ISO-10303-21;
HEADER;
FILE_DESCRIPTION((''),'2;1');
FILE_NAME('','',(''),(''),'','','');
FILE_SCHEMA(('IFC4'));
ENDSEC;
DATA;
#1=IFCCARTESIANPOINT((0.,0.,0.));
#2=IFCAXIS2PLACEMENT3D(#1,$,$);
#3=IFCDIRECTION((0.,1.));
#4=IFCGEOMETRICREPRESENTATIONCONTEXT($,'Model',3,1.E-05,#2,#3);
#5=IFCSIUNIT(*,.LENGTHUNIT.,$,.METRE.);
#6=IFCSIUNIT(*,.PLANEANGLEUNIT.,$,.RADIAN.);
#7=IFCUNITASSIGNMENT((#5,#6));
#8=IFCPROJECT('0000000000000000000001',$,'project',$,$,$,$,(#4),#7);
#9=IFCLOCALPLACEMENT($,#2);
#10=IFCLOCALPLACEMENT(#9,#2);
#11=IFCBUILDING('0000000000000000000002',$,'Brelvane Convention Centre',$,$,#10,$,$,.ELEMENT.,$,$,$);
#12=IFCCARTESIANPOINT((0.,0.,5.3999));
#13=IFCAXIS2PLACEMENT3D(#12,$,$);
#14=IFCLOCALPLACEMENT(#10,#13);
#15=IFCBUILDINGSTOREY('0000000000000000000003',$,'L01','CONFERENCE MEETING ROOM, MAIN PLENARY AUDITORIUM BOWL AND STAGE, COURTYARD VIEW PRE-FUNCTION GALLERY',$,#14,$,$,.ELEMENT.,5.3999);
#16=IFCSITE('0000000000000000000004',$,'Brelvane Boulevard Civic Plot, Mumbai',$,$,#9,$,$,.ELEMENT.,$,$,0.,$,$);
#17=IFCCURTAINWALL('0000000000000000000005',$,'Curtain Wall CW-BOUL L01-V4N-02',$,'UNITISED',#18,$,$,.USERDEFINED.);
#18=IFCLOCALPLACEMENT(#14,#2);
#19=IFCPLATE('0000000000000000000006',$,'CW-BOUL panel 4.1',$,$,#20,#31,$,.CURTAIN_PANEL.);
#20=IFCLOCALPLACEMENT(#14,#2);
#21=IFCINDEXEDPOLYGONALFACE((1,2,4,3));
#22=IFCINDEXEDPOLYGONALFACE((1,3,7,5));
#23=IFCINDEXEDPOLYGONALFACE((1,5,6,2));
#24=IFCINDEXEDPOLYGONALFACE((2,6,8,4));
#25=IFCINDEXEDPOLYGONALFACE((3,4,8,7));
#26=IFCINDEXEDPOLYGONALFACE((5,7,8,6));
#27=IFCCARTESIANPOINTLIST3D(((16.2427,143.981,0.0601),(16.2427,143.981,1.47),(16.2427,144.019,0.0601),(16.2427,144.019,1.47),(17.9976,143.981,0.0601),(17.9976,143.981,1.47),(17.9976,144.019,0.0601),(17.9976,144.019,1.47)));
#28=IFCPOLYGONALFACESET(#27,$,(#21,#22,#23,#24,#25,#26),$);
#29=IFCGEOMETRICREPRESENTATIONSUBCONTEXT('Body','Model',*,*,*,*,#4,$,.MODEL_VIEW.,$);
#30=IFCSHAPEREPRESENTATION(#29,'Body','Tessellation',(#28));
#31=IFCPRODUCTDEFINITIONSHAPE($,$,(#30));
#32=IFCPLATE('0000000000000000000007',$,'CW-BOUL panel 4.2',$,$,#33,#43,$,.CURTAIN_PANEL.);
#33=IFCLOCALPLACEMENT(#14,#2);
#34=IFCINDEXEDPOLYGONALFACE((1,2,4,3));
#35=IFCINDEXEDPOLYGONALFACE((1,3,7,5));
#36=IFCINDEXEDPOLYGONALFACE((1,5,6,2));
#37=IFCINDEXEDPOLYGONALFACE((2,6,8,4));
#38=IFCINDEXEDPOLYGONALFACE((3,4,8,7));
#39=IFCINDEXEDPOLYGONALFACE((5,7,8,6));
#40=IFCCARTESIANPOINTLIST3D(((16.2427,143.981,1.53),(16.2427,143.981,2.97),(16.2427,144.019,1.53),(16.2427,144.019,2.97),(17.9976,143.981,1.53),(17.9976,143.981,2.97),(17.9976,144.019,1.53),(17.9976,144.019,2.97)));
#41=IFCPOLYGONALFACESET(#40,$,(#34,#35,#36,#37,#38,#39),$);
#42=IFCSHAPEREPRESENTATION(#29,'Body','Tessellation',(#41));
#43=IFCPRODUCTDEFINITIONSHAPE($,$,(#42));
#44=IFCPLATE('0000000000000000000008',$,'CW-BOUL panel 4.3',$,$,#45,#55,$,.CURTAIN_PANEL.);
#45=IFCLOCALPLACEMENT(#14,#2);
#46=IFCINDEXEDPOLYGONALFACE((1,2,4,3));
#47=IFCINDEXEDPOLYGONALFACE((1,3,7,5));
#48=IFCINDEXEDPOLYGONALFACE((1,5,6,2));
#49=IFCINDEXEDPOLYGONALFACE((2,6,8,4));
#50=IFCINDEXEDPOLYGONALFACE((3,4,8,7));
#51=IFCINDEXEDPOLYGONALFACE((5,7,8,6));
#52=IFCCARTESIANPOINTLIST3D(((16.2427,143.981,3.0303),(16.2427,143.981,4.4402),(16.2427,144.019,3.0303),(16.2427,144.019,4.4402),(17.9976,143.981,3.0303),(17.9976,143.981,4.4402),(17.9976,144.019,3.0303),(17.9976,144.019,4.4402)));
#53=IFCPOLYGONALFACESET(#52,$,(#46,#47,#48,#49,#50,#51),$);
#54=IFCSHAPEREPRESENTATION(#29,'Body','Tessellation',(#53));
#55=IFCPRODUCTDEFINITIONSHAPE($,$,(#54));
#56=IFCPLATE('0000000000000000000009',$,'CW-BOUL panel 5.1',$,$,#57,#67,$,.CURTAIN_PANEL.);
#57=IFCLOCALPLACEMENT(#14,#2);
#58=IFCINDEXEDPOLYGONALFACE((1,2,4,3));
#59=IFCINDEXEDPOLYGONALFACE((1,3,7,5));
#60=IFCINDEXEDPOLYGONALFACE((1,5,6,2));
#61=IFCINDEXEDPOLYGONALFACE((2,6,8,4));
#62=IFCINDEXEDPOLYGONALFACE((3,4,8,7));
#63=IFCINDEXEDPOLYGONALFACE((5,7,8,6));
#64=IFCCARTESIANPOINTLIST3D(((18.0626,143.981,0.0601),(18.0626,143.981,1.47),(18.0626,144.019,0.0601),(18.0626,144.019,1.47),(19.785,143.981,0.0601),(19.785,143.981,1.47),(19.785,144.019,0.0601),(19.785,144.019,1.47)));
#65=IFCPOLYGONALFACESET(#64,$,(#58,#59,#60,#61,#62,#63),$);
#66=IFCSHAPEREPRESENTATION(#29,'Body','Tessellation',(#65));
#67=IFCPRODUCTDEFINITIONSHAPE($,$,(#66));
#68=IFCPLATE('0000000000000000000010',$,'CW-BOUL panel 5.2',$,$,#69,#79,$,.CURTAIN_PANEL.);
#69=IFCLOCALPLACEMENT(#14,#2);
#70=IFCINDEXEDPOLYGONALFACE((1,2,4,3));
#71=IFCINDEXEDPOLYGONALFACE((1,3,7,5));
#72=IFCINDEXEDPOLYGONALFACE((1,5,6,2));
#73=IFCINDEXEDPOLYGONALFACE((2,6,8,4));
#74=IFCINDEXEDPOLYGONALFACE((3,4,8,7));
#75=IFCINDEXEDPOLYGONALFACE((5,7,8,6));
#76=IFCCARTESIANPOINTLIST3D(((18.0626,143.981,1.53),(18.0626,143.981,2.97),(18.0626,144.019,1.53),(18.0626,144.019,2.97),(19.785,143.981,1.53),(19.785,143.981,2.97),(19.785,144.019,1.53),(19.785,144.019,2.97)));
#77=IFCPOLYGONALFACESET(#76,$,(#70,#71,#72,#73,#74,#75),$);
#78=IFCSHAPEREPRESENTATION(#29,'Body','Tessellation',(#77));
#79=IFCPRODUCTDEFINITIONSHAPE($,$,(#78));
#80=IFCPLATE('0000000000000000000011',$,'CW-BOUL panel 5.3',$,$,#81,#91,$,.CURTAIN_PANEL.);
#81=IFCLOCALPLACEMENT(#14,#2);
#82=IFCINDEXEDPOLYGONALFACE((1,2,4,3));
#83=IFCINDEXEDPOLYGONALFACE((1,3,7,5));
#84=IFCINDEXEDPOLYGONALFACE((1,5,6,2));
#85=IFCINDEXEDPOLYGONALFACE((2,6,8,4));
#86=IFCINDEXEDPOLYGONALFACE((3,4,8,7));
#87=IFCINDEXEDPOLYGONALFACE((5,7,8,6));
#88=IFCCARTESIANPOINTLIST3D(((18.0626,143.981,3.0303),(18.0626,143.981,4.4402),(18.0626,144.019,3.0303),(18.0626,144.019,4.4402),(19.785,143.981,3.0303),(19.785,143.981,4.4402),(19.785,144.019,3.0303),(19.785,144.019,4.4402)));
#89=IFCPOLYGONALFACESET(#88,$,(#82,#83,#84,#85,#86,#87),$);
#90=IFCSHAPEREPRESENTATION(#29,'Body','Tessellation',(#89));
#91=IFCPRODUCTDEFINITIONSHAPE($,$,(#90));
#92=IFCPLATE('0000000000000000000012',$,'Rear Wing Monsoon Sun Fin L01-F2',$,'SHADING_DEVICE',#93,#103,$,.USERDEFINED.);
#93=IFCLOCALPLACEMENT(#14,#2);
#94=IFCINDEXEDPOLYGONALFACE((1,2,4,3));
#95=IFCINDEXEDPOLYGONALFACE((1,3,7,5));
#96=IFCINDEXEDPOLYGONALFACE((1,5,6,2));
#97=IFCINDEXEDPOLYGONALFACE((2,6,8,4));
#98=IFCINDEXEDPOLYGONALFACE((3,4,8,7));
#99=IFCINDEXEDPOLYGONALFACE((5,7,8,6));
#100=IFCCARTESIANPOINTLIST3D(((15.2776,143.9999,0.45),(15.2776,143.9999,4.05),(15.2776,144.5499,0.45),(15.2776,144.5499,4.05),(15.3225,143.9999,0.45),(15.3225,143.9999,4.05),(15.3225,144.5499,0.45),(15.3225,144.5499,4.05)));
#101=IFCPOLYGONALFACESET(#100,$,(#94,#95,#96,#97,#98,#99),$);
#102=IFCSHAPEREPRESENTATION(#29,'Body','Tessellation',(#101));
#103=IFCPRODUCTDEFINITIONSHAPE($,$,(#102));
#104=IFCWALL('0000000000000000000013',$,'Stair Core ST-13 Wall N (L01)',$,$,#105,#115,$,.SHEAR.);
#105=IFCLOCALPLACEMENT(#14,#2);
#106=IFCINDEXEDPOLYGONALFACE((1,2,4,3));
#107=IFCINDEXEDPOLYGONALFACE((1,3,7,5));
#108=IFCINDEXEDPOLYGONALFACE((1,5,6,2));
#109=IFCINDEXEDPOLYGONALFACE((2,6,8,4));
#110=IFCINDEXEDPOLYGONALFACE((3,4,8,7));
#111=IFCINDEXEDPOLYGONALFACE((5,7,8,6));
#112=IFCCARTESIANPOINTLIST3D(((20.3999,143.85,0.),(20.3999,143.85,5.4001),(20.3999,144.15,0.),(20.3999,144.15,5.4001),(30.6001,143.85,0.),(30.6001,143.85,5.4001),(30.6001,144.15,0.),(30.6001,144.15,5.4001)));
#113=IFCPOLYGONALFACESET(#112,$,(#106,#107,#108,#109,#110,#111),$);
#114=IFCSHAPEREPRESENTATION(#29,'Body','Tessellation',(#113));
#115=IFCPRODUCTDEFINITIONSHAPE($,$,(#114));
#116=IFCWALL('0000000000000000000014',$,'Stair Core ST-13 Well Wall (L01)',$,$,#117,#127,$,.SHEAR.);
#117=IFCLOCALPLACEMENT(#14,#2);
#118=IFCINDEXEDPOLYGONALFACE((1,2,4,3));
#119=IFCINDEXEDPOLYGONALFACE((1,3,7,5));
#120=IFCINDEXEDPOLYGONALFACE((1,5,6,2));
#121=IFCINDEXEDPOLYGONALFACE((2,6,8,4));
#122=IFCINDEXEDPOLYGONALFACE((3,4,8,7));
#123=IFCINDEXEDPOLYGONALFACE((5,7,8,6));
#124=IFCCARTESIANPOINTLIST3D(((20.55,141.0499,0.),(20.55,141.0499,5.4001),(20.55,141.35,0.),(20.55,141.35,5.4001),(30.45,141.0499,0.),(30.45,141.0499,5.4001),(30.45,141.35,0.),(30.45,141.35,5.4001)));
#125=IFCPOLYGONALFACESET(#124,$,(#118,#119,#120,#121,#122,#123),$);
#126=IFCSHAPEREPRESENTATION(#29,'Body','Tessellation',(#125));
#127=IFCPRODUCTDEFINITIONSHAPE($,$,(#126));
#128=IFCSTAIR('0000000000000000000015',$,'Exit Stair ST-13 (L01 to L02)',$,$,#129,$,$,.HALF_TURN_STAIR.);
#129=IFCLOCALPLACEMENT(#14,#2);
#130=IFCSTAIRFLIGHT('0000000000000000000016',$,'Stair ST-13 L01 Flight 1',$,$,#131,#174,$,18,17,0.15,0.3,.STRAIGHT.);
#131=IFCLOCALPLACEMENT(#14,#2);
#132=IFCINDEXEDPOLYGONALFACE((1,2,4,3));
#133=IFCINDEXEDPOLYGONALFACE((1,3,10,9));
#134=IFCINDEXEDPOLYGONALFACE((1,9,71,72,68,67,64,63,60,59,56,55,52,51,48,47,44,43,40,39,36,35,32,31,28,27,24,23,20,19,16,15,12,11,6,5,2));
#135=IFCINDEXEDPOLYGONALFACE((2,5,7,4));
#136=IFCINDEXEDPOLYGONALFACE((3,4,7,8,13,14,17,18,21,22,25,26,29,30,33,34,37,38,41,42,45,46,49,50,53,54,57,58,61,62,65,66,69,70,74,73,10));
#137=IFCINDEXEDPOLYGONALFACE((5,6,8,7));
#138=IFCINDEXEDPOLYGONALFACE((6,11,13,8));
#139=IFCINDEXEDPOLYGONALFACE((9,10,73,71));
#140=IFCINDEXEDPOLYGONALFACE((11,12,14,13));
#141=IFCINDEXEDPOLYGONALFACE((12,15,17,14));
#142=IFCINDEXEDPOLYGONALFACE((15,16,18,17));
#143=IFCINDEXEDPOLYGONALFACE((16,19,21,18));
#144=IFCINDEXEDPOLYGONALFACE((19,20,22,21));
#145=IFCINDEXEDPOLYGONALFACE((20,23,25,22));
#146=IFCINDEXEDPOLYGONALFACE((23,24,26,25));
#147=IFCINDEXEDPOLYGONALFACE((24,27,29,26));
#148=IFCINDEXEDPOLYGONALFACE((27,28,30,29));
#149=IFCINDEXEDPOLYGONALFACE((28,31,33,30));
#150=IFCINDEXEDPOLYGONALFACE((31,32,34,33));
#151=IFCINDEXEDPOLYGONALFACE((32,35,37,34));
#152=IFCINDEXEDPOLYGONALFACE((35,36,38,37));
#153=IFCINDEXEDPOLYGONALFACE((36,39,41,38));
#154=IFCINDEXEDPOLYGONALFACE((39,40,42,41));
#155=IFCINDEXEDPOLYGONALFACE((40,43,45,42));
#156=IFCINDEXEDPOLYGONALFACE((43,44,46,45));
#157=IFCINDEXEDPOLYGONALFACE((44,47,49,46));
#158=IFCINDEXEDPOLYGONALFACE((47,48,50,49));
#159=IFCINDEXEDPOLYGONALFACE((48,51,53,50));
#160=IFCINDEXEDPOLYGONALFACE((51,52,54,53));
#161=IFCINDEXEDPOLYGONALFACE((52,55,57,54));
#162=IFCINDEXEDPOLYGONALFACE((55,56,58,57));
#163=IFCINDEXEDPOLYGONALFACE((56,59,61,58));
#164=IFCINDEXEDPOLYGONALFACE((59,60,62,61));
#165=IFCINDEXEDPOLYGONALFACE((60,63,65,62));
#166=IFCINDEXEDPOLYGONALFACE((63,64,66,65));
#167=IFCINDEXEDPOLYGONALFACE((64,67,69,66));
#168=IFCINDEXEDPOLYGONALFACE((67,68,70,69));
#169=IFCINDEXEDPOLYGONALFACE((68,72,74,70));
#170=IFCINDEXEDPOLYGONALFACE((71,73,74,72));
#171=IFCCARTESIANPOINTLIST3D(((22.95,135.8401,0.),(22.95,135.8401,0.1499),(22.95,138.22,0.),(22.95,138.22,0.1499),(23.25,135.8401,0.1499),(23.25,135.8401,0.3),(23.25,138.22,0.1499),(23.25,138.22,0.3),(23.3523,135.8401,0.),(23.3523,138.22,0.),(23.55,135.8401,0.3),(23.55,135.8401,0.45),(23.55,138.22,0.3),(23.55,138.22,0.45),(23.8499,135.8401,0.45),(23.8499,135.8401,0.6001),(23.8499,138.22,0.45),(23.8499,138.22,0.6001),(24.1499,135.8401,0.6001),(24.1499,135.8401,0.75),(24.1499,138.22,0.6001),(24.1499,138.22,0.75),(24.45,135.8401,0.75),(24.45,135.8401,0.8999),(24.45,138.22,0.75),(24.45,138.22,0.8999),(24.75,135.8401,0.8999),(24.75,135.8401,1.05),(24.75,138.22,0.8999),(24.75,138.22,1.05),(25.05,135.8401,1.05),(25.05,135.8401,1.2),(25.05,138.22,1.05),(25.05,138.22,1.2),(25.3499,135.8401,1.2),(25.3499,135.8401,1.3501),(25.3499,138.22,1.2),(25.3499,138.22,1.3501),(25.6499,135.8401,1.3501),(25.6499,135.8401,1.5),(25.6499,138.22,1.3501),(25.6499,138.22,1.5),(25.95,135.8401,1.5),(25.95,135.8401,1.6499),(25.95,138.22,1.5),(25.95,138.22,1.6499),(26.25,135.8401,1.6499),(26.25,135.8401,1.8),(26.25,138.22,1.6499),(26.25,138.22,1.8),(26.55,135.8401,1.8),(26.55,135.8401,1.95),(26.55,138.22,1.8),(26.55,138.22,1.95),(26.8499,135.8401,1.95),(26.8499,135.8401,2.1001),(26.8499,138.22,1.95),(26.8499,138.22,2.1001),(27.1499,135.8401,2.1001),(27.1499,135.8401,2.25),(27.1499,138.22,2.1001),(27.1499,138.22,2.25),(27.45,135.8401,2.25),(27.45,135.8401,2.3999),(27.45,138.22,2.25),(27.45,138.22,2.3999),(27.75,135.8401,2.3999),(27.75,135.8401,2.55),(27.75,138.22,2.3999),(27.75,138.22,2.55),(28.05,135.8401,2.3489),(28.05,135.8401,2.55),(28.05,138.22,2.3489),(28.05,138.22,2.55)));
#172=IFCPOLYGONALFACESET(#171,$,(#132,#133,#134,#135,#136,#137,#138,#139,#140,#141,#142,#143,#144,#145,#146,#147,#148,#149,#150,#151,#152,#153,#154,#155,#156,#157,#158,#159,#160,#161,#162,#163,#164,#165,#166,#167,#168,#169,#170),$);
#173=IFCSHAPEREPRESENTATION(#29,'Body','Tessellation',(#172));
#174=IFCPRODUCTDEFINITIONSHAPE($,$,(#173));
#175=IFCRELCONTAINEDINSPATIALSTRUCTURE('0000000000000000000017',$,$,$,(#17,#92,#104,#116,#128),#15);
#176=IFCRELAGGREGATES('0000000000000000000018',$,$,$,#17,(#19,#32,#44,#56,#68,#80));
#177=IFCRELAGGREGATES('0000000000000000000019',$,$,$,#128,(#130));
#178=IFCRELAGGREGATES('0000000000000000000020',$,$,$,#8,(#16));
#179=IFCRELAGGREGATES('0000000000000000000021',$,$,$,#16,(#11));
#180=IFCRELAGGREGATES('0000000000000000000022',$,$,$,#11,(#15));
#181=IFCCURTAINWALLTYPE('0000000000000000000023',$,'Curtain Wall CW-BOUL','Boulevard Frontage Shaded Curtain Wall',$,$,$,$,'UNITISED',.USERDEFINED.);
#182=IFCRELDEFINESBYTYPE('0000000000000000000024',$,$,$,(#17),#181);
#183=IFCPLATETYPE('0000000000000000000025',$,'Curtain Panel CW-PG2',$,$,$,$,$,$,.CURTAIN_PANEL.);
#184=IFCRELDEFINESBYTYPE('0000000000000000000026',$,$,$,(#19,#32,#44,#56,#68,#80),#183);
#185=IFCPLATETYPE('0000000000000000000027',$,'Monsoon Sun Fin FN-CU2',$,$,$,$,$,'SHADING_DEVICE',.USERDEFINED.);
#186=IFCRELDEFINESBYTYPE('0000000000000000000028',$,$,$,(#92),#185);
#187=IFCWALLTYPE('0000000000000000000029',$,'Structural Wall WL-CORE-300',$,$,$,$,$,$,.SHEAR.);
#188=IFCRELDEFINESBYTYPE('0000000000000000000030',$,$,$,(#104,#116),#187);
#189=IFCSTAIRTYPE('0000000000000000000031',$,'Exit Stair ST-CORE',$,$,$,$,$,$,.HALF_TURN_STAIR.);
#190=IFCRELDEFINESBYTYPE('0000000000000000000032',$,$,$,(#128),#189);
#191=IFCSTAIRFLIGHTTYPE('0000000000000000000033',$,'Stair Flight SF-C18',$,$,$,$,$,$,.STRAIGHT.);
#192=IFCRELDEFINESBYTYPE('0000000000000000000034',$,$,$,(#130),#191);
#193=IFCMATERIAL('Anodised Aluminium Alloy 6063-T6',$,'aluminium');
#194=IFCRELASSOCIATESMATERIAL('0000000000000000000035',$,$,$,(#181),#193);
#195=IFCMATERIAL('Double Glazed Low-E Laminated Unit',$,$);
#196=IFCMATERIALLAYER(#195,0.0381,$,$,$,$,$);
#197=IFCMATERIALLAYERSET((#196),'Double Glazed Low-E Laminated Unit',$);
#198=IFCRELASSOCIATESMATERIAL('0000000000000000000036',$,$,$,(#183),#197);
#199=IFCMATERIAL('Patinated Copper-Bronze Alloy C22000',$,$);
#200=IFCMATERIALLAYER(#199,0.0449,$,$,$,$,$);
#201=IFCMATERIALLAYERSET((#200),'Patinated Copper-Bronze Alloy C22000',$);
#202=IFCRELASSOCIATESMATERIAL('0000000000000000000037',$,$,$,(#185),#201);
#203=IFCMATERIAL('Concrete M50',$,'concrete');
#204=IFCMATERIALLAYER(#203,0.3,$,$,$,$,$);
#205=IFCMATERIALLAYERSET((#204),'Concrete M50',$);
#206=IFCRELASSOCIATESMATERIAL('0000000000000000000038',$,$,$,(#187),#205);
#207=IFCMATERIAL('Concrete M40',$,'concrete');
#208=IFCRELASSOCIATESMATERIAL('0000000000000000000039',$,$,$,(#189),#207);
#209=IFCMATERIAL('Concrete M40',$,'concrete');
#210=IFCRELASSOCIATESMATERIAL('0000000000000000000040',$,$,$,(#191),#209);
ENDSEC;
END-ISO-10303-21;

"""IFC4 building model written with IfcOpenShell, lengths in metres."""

from ifc_helpers import new_model, si_unit, direction, frame, frame_2d, origin, origin_2d, place, context, subcontext, project, spatial, polyline, rectangle, outline, extrude, material, layer, layer_set, type_object, element, aggregate, save


model = new_model("IFC4")

# Units and contexts
model_context = context("Model", 3, precision=1e-05, world=origin(), true_north=direction((0.0, 1.0)))
body_context = subcontext(model_context, "Body", "Model", "MODEL_VIEW")
ifc_project = project(units=[si_unit("LENGTHUNIT", "METRE"), si_unit("PLANEANGLEUNIT", "RADIAN")], contexts=[model_context])

# Site, building, storey
site_placement = place(None, origin())
site = spatial("IfcSite", under=ifc_project, at=site_placement, Name="Brelvane Boulevard Civic Plot, Mumbai", CompositionType="ELEMENT", RefElevation=0.0)
building_placement = place(site_placement, origin())
building = spatial("IfcBuilding", under=site, at=building_placement, Name="Brelvane Convention Centre", CompositionType="ELEMENT")
storey_placement = place(building_placement, frame((0.0, 0.0, 5.3999)))
storey = spatial("IfcBuildingStorey", under=building, at=storey_placement, Name="L01", Description="CONFERENCE MEETING ROOM, MAIN PLENARY AUDITORIUM BOWL AND STAGE, COURTYARD VIEW PRE-FUNCTION GALLERY", CompositionType="ELEMENT", Elevation=5.3999)

# Curtain wall
ifc_material_1 = material(Name="Anodised Aluminium Alloy 6063-T6", Category="aluminium")
curtain_wall_type = type_object("IfcCurtainWallType", Name="Curtain Wall CW-BOUL", Description="Boulevard Frontage Shaded Curtain Wall", ElementType="UNITISED", PredefinedType="USERDEFINED", material=ifc_material_1)
curtain_wall_placement = place(storey_placement, origin())
curtain_wall = element("IfcCurtainWall", 1, at=curtain_wall_placement, inside=storey, type_object=curtain_wall_type, Name="Curtain Wall CW-BOUL L01-V4N-02", ObjectType="UNITISED", PredefinedType="USERDEFINED")

# Plates
ifc_material_2 = material(Name="Double Glazed Low-E Laminated Unit")
ifc_layer_1 = layer(ifc_material_2, 0.0381)
ifc_layer_set_1 = layer_set([ifc_layer_1], Name="Double Glazed Low-E Laminated Unit")
plate_type_1 = type_object("IfcPlateType", Name="Curtain Panel CW-PG2", PredefinedType="CURTAIN_PANEL", material=ifc_layer_set_1)
plate_1_placement = place(storey_placement, frame((17.1201, 144.0, 0.0601), z_axis=(0.0, 0.0, 1.0), x_axis=(1.0, 0.0, 0.0)))
plate_1 = element("IfcPlate", 2, at=plate_1_placement, type_object=plate_type_1, Name="CW-BOUL panel 4.1", PredefinedType="CURTAIN_PANEL", context=body_context, shape_type="SweptSolid", body=[
    extrude(rectangle(XDim=1.7549, YDim=0.0381, at=origin_2d()), origin(), (0.0, 0.0, 1.0), 1.4099),
])
plate_2_placement = place(storey_placement, frame((17.1201, 144.0, 1.53), z_axis=(0.0, 0.0, 1.0), x_axis=(1.0, 0.0, 0.0)))
plate_2 = element("IfcPlate", 3, at=plate_2_placement, type_object=plate_type_1, Name="CW-BOUL panel 4.2", PredefinedType="CURTAIN_PANEL", context=body_context, shape_type="SweptSolid", body=[
    extrude(rectangle(XDim=1.7549, YDim=0.0381, at=origin_2d()), origin(), (0.0, 0.0, 1.0), 1.4399),
])
plate_3_placement = place(storey_placement, frame((17.1201, 144.0, 3.0303), z_axis=(0.0, 0.0, 1.0), x_axis=(1.0, 0.0, 0.0)))
plate_3 = element("IfcPlate", 4, at=plate_3_placement, type_object=plate_type_1, Name="CW-BOUL panel 4.3", PredefinedType="CURTAIN_PANEL", context=body_context, shape_type="SweptSolid", body=[
    extrude(rectangle(XDim=1.7549, YDim=0.0381, at=origin_2d()), origin(), (0.0, 0.0, 1.0), 1.4099),
])
plate_4_placement = place(storey_placement, frame((18.9238, 144.0, 0.0601), z_axis=(0.0, 0.0, 1.0), x_axis=(1.0, 0.0, 0.0)))
plate_4 = element("IfcPlate", 5, at=plate_4_placement, type_object=plate_type_1, Name="CW-BOUL panel 5.1", PredefinedType="CURTAIN_PANEL", context=body_context, shape_type="SweptSolid", body=[
    extrude(rectangle(XDim=1.7224, YDim=0.0381, at=origin_2d()), origin(), (0.0, 0.0, 1.0), 1.4099),
])
plate_5_placement = place(storey_placement, frame((18.9238, 144.0, 1.53), z_axis=(0.0, 0.0, 1.0), x_axis=(1.0, 0.0, 0.0)))
plate_5 = element("IfcPlate", 6, at=plate_5_placement, type_object=plate_type_1, Name="CW-BOUL panel 5.2", PredefinedType="CURTAIN_PANEL", context=body_context, shape_type="SweptSolid", body=[
    extrude(rectangle(XDim=1.7224, YDim=0.0381, at=origin_2d()), origin(), (0.0, 0.0, 1.0), 1.4399),
])
plate_6_placement = place(storey_placement, frame((18.9238, 144.0, 3.0303), z_axis=(0.0, 0.0, 1.0), x_axis=(1.0, 0.0, 0.0)))
plate_6 = element("IfcPlate", 7, at=plate_6_placement, type_object=plate_type_1, Name="CW-BOUL panel 5.3", PredefinedType="CURTAIN_PANEL", context=body_context, shape_type="SweptSolid", body=[
    extrude(rectangle(XDim=1.7224, YDim=0.0381, at=origin_2d()), origin(), (0.0, 0.0, 1.0), 1.4099),
])
aggregate(curtain_wall, [plate_1, plate_2, plate_3, plate_4, plate_5, plate_6])
ifc_material_3 = material(Name="Patinated Copper-Bronze Alloy C22000")
ifc_layer_2 = layer(ifc_material_3, 0.0449)
ifc_layer_set_2 = layer_set([ifc_layer_2], Name="Patinated Copper-Bronze Alloy C22000")
plate_type_2 = type_object("IfcPlateType", Name="Monsoon Sun Fin FN-CU2", ElementType="SHADING_DEVICE", PredefinedType="USERDEFINED", material=ifc_layer_set_2)
plate_7_placement = place(storey_placement, frame((15.3, 144.2749, 0.45), z_axis=(0.0, 0.0, 1.0), x_axis=(1.0, 0.0, 0.0)))
element("IfcPlate", 8, at=plate_7_placement, inside=storey, type_object=plate_type_2, Name="Rear Wing Monsoon Sun Fin L01-F2", ObjectType="SHADING_DEVICE", PredefinedType="USERDEFINED", context=body_context, shape_type="SweptSolid", body=[
    extrude(rectangle(XDim=0.0449, YDim=0.55, at=origin_2d()), origin(), (0.0, 0.0, 1.0), 3.6001),
])

# Walls
ifc_material_4 = material(Name="Concrete M50", Category="concrete")
ifc_layer_3 = layer(ifc_material_4, 0.3)
ifc_layer_set_3 = layer_set([ifc_layer_3], Name="Concrete M50")
wall_type = type_object("IfcWallType", Name="Structural Wall WL-CORE-300", PredefinedType="SHEAR", material=ifc_layer_set_3)
wall_1_placement = place(storey_placement, frame((20.3999, 144.0, 0.0), z_axis=(0.0, 0.0, 1.0), x_axis=(1.0, 0.0, 0.0)))
element("IfcWall", 9, at=wall_1_placement, inside=storey, type_object=wall_type, Name="Stair Core ST-13 Wall N (L01)", PredefinedType="SHEAR", context=body_context, shape_type="SweptSolid", body=[
    extrude(rectangle(XDim=10.2002, YDim=0.3, at=frame_2d((5.1001, 0.0))), origin(), (0.0, 0.0, 1.0), 5.4001),
])
wall_2_placement = place(storey_placement, frame((20.55, 141.2, 0.0), z_axis=(0.0, 0.0, 1.0), x_axis=(1.0, 0.0, 0.0)))
element("IfcWall", 10, at=wall_2_placement, inside=storey, type_object=wall_type, Name="Stair Core ST-13 Well Wall (L01)", PredefinedType="SHEAR", context=body_context, shape_type="SweptSolid", body=[
    extrude(rectangle(XDim=9.8999, YDim=0.3, at=frame_2d((4.95, 0.0))), origin(), (0.0, 0.0, 1.0), 5.4001),
])

# Stair, stair flight
ifc_material_5 = material(Name="Concrete M40", Category="concrete")
stair_type = type_object("IfcStairType", Name="Exit Stair ST-CORE", PredefinedType="HALF_TURN_STAIR", material=ifc_material_5)
stair_placement = place(storey_placement, origin())
stair = element("IfcStair", 11, at=stair_placement, inside=storey, type_object=stair_type, Name="Exit Stair ST-13 (L01 to L02)", PredefinedType="HALF_TURN_STAIR")
ifc_material_6 = material(Name="Concrete M40", Category="concrete")
stair_flight_type = type_object("IfcStairFlightType", Name="Stair Flight SF-C18", PredefinedType="STRAIGHT", material=ifc_material_6)
stair_flight_1_placement = place(storey_placement, frame((22.95, 137.03, 0.0), z_axis=(0.0, 0.0, 1.0), x_axis=(1.0, 0.0, 0.0)))
stair_flight_1 = element("IfcStairFlight", 12, at=stair_flight_1_placement, type_object=stair_flight_type, Name="Stair ST-13 L01 Flight 1", NumberOfRisers=18, NumberOfTreads=17, PredefinedType="STRAIGHT", RiserHeight=0.15, TreadLength=0.3, context=body_context, shape_type="SweptSolid", body=[
    extrude(outline(polyline([(0.0, 0.0), (0.0, 0.1499), (0.3, 0.1499), (0.3, 0.3), (0.6001, 0.3), (0.6001, 0.45), (0.8999, 0.45), (0.8999, 0.6001), (1.2, 0.6001), (1.2, 0.75), (1.5, 0.75), (1.5, 0.8999), (1.8, 0.8999), (1.8, 1.05), (2.1001, 1.05), (2.1001, 1.2), (2.3999, 1.2), (2.3999, 1.3501), (2.7, 1.3501), (2.7, 1.5), (3.0, 1.5), (3.0, 1.6499), (3.3, 1.6499), (3.3, 1.8), (3.6001, 1.8), (3.6001, 1.95), (3.8999, 1.95), (3.8999, 2.1001), (4.2, 2.1001), (4.2, 2.25), (4.5, 2.25), (4.5, 2.3999), (4.8, 2.3999), (4.8, 2.55), (5.1001, 2.55), (5.1001, 2.7), (5.1001, 2.3489), (0.4023, 0.0), (0.0, 0.0)])), frame((0.0, 1.1899, 0.0), z_axis=(0.0, -1.0, 0.0), x_axis=(1.0, 0.0, 0.0)), (0.0, 0.0, 1.0), 2.3799),
])
aggregate(stair, [stair_flight_1])

save(model, "model.ifc")
